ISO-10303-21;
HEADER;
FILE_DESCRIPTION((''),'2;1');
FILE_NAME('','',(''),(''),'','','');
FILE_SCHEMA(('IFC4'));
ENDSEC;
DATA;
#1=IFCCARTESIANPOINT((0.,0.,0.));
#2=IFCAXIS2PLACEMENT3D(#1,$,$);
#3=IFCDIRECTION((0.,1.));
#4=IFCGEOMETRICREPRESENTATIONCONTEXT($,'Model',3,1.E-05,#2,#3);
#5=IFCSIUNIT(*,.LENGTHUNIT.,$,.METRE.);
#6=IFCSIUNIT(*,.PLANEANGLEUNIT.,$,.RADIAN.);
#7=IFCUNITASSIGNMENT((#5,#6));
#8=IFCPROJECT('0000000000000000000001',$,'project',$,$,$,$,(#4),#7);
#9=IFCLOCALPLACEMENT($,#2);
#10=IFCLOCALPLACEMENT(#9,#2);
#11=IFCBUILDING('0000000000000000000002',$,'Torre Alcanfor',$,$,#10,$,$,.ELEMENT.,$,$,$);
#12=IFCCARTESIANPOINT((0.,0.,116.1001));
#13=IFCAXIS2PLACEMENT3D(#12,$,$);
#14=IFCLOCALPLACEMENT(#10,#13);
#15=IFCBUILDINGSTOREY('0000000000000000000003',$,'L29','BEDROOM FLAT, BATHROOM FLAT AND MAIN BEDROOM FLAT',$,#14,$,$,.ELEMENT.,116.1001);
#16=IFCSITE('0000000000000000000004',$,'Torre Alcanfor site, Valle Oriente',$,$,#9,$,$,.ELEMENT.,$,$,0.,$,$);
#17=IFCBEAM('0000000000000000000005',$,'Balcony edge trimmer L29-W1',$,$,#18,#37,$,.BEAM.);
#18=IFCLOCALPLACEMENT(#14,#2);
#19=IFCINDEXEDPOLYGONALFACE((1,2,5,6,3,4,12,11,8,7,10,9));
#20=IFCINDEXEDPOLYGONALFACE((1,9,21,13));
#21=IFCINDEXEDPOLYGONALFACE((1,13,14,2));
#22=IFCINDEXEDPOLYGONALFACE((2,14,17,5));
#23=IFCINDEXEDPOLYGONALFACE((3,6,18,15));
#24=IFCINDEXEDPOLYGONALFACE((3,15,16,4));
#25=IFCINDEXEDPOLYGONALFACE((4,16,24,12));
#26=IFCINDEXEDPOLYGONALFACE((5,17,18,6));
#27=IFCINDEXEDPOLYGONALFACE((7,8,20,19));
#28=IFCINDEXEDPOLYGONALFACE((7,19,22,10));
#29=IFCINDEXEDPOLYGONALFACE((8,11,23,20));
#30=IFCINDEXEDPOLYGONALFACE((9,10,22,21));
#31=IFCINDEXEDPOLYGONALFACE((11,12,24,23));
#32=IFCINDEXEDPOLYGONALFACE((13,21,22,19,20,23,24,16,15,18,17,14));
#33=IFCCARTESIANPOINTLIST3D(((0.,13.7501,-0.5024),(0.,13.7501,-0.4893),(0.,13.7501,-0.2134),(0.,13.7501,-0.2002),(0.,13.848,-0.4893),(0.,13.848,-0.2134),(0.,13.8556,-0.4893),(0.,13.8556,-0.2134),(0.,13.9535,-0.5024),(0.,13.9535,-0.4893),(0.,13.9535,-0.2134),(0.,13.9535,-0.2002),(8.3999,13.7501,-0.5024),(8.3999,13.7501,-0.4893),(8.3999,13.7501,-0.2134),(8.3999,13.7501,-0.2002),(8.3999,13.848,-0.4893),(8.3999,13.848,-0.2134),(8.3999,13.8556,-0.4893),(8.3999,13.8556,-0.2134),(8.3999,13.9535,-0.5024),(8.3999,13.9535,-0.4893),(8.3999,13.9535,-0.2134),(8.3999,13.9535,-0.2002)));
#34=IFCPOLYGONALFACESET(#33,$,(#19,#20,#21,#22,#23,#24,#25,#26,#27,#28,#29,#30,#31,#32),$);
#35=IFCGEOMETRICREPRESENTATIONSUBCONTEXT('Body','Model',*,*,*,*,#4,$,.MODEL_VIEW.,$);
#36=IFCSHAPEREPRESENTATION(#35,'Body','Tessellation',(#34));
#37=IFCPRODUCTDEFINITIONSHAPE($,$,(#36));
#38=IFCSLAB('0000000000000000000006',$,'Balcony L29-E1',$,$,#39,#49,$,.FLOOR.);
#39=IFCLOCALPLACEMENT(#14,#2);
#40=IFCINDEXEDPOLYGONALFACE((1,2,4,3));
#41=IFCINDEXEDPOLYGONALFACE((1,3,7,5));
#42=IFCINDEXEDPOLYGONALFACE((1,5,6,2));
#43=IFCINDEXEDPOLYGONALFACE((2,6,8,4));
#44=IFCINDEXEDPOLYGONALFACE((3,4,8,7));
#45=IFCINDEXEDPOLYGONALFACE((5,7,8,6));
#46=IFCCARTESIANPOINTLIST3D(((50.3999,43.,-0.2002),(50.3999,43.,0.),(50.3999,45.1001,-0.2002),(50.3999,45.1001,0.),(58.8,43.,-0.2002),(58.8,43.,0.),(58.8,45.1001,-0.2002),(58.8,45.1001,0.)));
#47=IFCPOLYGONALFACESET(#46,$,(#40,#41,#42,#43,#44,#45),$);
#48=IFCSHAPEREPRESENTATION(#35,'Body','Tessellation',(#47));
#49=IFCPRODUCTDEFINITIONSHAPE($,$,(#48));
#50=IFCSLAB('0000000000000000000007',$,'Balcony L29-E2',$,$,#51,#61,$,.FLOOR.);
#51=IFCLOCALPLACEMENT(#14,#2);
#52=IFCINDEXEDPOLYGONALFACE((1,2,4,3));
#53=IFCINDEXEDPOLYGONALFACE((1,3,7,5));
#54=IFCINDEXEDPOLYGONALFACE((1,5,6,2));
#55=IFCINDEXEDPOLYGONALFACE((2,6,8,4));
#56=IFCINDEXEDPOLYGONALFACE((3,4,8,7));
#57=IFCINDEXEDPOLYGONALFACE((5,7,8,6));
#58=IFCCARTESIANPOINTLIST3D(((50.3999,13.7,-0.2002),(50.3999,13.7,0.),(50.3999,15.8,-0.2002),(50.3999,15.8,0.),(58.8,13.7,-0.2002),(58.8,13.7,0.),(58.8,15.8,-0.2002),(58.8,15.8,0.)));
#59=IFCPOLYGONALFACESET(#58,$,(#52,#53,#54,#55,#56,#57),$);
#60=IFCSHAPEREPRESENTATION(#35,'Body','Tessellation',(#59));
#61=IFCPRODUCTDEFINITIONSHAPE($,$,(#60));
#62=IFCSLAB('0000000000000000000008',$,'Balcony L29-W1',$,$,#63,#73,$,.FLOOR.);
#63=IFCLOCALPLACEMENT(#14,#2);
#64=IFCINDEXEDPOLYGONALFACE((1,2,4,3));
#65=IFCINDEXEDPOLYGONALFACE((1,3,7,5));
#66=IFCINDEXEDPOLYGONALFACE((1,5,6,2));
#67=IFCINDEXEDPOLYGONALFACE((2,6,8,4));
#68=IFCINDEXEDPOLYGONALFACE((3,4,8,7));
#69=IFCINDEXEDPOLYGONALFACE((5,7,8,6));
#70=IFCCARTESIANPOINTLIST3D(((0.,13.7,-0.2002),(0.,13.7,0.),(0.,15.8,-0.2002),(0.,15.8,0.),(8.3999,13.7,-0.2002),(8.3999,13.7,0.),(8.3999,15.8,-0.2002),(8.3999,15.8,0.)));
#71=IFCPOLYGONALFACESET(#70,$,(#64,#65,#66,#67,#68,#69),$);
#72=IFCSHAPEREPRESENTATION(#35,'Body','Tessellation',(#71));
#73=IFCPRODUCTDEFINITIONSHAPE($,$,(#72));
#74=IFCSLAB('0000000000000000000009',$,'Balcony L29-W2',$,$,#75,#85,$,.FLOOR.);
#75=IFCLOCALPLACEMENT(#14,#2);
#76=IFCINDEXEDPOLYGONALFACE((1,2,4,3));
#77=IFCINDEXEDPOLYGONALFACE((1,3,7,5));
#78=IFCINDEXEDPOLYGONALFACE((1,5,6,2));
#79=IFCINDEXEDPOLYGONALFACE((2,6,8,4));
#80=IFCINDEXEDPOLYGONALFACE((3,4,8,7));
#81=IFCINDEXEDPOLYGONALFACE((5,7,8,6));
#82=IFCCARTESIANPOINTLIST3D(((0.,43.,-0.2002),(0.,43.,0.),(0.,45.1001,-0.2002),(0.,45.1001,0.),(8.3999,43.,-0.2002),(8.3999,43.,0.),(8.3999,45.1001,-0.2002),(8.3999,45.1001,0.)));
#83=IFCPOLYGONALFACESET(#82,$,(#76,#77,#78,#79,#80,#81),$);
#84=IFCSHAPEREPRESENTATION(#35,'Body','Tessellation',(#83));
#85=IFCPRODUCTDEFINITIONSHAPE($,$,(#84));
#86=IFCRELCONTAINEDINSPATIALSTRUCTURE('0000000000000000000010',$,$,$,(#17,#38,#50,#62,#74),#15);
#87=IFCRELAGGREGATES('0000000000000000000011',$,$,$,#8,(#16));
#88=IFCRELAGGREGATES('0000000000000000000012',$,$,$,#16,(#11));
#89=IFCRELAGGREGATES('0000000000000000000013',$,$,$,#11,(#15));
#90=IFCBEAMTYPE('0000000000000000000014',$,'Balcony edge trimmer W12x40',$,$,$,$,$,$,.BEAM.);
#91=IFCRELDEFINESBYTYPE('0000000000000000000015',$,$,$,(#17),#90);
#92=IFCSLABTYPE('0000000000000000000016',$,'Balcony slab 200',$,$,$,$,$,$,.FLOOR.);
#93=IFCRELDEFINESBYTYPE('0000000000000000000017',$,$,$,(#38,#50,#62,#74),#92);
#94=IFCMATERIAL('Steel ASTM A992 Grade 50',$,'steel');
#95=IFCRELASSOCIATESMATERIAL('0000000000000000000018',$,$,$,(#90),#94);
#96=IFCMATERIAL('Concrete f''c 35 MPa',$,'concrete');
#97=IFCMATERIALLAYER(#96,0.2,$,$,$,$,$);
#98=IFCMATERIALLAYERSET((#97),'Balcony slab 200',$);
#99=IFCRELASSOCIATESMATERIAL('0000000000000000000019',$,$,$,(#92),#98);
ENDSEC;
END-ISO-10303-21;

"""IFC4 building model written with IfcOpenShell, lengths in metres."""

from ifc_helpers import new_model, si_unit, direction, frame, origin, origin_2d, place, context, subcontext, project, spatial, polyline, i_section, outline, extrude, material, layer, layer_set, material_profile, profile_set, type_object, element, save


model = new_model("IFC4")

# Units and contexts
model_context = context("Model", 3, precision=1e-05, world=origin(), true_north=direction((0.0, 1.0)))
body_context = subcontext(model_context, "Body", "Model", "MODEL_VIEW")
ifc_project = project(units=[si_unit("LENGTHUNIT", "METRE"), si_unit("PLANEANGLEUNIT", "RADIAN")], contexts=[model_context])

# Site, building, storey
site_placement = place(None, origin())
site = spatial("IfcSite", under=ifc_project, at=site_placement, Name="Torre Alcanfor site, Valle Oriente", CompositionType="ELEMENT", RefElevation=0.0)
building_placement = place(site_placement, origin())
building = spatial("IfcBuilding", under=site, at=building_placement, Name="Torre Alcanfor", CompositionType="ELEMENT")
storey_placement = place(building_placement, frame((0.0, 0.0, 116.1001)))
storey = spatial("IfcBuildingStorey", under=building, at=storey_placement, Name="L29", Description="BEDROOM FLAT, BATHROOM FLAT AND MAIN BEDROOM FLAT", CompositionType="ELEMENT", Elevation=116.1001)

# Beam
ifc_material_1 = material(Name="Steel ASTM A992 Grade 50", Category="steel")
ifc_material_profile = material_profile(ifc_material_1, i_section(OverallWidth=0.2034, OverallDepth=0.3022, WebThickness=0.0076, FlangeThickness=0.0132, at=origin_2d()), Name="W12x40")
ifc_profile_set = profile_set([ifc_material_profile], Name="Steel ASTM A992 Grade 50")
beam_type = type_object("IfcBeamType", Name="Balcony edge trimmer W12x40", PredefinedType="BEAM", material=ifc_profile_set)
beam_placement = place(storey_placement, frame((8.3999, 13.8518, -0.3513), z_axis=(-1.0, 0.0, 0.0), x_axis=(0.0, -1.0, 0.0)))
element("IfcBeam", 1, at=beam_placement, inside=storey, type_object=beam_type, Name="Balcony edge trimmer L29-W1", PredefinedType="BEAM", context=body_context, shape_type="SweptSolid", body=[
    extrude(i_section(OverallWidth=0.2034, OverallDepth=0.3022, WebThickness=0.0076, FlangeThickness=0.0132, at=origin_2d()), origin(), (0.0, 0.0, 1.0), 8.3999),
])

# Slabs
ifc_material_2 = material(Name="Concrete f'c 35 MPa", Category="concrete")
ifc_layer_1 = layer(ifc_material_2, 0.2)
ifc_layer_set_1 = layer_set([ifc_layer_1], Name="Balcony slab 200")
slab_type_1 = type_object("IfcSlabType", Name="Balcony slab 200", PredefinedType="FLOOR", material=ifc_layer_set_1)
slab_1_placement = place(storey_placement, frame((0.0, 0.0, -0.2002)))
element("IfcSlab", 2, at=slab_1_placement, inside=storey, type_object=slab_type_1, Name="Balcony L29-E1", PredefinedType="FLOOR", context=body_context, shape_type="SweptSolid", body=[
    extrude(outline(polyline([(50.3999, 43.0), (58.8, 43.0), (58.8, 45.1001), (50.3999, 45.1001), (50.3999, 43.0)])), origin(), (0.0, 0.0, 1.0), 0.2002),
])
slab_2_placement = place(storey_placement, frame((0.0, 0.0, -0.2002)))
element("IfcSlab", 3, at=slab_2_placement, inside=storey, type_object=slab_type_1, Name="Balcony L29-E2", PredefinedType="FLOOR", context=body_context, shape_type="SweptSolid", body=[
    extrude(outline(polyline([(50.3999, 13.7), (58.8, 13.7), (58.8, 15.8), (50.3999, 15.8), (50.3999, 13.7)])), origin(), (0.0, 0.0, 1.0), 0.2002),
])
slab_3_placement = place(storey_placement, frame((0.0, 0.0, -0.2002)))
element("IfcSlab", 4, at=slab_3_placement, inside=storey, type_object=slab_type_1, Name="Balcony L29-W1", PredefinedType="FLOOR", context=body_context, shape_type="SweptSolid", body=[
    extrude(outline(polyline([(8.3999, 15.8), (0.0, 15.8), (0.0, 13.7), (8.3999, 13.7), (8.3999, 15.8)])), origin(), (0.0, 0.0, 1.0), 0.2002),
])
slab_4_placement = place(storey_placement, frame((0.0, 0.0, -0.2002)))
element("IfcSlab", 5, at=slab_4_placement, inside=storey, type_object=slab_type_1, Name="Balcony L29-W2", PredefinedType="FLOOR", context=body_context, shape_type="SweptSolid", body=[
    extrude(outline(polyline([(8.3999, 45.1001), (0.0, 45.1001), (0.0, 43.0), (8.3999, 43.0), (8.3999, 45.1001)])), origin(), (0.0, 0.0, 1.0), 0.2002),
])

save(model, "model.ifc")
